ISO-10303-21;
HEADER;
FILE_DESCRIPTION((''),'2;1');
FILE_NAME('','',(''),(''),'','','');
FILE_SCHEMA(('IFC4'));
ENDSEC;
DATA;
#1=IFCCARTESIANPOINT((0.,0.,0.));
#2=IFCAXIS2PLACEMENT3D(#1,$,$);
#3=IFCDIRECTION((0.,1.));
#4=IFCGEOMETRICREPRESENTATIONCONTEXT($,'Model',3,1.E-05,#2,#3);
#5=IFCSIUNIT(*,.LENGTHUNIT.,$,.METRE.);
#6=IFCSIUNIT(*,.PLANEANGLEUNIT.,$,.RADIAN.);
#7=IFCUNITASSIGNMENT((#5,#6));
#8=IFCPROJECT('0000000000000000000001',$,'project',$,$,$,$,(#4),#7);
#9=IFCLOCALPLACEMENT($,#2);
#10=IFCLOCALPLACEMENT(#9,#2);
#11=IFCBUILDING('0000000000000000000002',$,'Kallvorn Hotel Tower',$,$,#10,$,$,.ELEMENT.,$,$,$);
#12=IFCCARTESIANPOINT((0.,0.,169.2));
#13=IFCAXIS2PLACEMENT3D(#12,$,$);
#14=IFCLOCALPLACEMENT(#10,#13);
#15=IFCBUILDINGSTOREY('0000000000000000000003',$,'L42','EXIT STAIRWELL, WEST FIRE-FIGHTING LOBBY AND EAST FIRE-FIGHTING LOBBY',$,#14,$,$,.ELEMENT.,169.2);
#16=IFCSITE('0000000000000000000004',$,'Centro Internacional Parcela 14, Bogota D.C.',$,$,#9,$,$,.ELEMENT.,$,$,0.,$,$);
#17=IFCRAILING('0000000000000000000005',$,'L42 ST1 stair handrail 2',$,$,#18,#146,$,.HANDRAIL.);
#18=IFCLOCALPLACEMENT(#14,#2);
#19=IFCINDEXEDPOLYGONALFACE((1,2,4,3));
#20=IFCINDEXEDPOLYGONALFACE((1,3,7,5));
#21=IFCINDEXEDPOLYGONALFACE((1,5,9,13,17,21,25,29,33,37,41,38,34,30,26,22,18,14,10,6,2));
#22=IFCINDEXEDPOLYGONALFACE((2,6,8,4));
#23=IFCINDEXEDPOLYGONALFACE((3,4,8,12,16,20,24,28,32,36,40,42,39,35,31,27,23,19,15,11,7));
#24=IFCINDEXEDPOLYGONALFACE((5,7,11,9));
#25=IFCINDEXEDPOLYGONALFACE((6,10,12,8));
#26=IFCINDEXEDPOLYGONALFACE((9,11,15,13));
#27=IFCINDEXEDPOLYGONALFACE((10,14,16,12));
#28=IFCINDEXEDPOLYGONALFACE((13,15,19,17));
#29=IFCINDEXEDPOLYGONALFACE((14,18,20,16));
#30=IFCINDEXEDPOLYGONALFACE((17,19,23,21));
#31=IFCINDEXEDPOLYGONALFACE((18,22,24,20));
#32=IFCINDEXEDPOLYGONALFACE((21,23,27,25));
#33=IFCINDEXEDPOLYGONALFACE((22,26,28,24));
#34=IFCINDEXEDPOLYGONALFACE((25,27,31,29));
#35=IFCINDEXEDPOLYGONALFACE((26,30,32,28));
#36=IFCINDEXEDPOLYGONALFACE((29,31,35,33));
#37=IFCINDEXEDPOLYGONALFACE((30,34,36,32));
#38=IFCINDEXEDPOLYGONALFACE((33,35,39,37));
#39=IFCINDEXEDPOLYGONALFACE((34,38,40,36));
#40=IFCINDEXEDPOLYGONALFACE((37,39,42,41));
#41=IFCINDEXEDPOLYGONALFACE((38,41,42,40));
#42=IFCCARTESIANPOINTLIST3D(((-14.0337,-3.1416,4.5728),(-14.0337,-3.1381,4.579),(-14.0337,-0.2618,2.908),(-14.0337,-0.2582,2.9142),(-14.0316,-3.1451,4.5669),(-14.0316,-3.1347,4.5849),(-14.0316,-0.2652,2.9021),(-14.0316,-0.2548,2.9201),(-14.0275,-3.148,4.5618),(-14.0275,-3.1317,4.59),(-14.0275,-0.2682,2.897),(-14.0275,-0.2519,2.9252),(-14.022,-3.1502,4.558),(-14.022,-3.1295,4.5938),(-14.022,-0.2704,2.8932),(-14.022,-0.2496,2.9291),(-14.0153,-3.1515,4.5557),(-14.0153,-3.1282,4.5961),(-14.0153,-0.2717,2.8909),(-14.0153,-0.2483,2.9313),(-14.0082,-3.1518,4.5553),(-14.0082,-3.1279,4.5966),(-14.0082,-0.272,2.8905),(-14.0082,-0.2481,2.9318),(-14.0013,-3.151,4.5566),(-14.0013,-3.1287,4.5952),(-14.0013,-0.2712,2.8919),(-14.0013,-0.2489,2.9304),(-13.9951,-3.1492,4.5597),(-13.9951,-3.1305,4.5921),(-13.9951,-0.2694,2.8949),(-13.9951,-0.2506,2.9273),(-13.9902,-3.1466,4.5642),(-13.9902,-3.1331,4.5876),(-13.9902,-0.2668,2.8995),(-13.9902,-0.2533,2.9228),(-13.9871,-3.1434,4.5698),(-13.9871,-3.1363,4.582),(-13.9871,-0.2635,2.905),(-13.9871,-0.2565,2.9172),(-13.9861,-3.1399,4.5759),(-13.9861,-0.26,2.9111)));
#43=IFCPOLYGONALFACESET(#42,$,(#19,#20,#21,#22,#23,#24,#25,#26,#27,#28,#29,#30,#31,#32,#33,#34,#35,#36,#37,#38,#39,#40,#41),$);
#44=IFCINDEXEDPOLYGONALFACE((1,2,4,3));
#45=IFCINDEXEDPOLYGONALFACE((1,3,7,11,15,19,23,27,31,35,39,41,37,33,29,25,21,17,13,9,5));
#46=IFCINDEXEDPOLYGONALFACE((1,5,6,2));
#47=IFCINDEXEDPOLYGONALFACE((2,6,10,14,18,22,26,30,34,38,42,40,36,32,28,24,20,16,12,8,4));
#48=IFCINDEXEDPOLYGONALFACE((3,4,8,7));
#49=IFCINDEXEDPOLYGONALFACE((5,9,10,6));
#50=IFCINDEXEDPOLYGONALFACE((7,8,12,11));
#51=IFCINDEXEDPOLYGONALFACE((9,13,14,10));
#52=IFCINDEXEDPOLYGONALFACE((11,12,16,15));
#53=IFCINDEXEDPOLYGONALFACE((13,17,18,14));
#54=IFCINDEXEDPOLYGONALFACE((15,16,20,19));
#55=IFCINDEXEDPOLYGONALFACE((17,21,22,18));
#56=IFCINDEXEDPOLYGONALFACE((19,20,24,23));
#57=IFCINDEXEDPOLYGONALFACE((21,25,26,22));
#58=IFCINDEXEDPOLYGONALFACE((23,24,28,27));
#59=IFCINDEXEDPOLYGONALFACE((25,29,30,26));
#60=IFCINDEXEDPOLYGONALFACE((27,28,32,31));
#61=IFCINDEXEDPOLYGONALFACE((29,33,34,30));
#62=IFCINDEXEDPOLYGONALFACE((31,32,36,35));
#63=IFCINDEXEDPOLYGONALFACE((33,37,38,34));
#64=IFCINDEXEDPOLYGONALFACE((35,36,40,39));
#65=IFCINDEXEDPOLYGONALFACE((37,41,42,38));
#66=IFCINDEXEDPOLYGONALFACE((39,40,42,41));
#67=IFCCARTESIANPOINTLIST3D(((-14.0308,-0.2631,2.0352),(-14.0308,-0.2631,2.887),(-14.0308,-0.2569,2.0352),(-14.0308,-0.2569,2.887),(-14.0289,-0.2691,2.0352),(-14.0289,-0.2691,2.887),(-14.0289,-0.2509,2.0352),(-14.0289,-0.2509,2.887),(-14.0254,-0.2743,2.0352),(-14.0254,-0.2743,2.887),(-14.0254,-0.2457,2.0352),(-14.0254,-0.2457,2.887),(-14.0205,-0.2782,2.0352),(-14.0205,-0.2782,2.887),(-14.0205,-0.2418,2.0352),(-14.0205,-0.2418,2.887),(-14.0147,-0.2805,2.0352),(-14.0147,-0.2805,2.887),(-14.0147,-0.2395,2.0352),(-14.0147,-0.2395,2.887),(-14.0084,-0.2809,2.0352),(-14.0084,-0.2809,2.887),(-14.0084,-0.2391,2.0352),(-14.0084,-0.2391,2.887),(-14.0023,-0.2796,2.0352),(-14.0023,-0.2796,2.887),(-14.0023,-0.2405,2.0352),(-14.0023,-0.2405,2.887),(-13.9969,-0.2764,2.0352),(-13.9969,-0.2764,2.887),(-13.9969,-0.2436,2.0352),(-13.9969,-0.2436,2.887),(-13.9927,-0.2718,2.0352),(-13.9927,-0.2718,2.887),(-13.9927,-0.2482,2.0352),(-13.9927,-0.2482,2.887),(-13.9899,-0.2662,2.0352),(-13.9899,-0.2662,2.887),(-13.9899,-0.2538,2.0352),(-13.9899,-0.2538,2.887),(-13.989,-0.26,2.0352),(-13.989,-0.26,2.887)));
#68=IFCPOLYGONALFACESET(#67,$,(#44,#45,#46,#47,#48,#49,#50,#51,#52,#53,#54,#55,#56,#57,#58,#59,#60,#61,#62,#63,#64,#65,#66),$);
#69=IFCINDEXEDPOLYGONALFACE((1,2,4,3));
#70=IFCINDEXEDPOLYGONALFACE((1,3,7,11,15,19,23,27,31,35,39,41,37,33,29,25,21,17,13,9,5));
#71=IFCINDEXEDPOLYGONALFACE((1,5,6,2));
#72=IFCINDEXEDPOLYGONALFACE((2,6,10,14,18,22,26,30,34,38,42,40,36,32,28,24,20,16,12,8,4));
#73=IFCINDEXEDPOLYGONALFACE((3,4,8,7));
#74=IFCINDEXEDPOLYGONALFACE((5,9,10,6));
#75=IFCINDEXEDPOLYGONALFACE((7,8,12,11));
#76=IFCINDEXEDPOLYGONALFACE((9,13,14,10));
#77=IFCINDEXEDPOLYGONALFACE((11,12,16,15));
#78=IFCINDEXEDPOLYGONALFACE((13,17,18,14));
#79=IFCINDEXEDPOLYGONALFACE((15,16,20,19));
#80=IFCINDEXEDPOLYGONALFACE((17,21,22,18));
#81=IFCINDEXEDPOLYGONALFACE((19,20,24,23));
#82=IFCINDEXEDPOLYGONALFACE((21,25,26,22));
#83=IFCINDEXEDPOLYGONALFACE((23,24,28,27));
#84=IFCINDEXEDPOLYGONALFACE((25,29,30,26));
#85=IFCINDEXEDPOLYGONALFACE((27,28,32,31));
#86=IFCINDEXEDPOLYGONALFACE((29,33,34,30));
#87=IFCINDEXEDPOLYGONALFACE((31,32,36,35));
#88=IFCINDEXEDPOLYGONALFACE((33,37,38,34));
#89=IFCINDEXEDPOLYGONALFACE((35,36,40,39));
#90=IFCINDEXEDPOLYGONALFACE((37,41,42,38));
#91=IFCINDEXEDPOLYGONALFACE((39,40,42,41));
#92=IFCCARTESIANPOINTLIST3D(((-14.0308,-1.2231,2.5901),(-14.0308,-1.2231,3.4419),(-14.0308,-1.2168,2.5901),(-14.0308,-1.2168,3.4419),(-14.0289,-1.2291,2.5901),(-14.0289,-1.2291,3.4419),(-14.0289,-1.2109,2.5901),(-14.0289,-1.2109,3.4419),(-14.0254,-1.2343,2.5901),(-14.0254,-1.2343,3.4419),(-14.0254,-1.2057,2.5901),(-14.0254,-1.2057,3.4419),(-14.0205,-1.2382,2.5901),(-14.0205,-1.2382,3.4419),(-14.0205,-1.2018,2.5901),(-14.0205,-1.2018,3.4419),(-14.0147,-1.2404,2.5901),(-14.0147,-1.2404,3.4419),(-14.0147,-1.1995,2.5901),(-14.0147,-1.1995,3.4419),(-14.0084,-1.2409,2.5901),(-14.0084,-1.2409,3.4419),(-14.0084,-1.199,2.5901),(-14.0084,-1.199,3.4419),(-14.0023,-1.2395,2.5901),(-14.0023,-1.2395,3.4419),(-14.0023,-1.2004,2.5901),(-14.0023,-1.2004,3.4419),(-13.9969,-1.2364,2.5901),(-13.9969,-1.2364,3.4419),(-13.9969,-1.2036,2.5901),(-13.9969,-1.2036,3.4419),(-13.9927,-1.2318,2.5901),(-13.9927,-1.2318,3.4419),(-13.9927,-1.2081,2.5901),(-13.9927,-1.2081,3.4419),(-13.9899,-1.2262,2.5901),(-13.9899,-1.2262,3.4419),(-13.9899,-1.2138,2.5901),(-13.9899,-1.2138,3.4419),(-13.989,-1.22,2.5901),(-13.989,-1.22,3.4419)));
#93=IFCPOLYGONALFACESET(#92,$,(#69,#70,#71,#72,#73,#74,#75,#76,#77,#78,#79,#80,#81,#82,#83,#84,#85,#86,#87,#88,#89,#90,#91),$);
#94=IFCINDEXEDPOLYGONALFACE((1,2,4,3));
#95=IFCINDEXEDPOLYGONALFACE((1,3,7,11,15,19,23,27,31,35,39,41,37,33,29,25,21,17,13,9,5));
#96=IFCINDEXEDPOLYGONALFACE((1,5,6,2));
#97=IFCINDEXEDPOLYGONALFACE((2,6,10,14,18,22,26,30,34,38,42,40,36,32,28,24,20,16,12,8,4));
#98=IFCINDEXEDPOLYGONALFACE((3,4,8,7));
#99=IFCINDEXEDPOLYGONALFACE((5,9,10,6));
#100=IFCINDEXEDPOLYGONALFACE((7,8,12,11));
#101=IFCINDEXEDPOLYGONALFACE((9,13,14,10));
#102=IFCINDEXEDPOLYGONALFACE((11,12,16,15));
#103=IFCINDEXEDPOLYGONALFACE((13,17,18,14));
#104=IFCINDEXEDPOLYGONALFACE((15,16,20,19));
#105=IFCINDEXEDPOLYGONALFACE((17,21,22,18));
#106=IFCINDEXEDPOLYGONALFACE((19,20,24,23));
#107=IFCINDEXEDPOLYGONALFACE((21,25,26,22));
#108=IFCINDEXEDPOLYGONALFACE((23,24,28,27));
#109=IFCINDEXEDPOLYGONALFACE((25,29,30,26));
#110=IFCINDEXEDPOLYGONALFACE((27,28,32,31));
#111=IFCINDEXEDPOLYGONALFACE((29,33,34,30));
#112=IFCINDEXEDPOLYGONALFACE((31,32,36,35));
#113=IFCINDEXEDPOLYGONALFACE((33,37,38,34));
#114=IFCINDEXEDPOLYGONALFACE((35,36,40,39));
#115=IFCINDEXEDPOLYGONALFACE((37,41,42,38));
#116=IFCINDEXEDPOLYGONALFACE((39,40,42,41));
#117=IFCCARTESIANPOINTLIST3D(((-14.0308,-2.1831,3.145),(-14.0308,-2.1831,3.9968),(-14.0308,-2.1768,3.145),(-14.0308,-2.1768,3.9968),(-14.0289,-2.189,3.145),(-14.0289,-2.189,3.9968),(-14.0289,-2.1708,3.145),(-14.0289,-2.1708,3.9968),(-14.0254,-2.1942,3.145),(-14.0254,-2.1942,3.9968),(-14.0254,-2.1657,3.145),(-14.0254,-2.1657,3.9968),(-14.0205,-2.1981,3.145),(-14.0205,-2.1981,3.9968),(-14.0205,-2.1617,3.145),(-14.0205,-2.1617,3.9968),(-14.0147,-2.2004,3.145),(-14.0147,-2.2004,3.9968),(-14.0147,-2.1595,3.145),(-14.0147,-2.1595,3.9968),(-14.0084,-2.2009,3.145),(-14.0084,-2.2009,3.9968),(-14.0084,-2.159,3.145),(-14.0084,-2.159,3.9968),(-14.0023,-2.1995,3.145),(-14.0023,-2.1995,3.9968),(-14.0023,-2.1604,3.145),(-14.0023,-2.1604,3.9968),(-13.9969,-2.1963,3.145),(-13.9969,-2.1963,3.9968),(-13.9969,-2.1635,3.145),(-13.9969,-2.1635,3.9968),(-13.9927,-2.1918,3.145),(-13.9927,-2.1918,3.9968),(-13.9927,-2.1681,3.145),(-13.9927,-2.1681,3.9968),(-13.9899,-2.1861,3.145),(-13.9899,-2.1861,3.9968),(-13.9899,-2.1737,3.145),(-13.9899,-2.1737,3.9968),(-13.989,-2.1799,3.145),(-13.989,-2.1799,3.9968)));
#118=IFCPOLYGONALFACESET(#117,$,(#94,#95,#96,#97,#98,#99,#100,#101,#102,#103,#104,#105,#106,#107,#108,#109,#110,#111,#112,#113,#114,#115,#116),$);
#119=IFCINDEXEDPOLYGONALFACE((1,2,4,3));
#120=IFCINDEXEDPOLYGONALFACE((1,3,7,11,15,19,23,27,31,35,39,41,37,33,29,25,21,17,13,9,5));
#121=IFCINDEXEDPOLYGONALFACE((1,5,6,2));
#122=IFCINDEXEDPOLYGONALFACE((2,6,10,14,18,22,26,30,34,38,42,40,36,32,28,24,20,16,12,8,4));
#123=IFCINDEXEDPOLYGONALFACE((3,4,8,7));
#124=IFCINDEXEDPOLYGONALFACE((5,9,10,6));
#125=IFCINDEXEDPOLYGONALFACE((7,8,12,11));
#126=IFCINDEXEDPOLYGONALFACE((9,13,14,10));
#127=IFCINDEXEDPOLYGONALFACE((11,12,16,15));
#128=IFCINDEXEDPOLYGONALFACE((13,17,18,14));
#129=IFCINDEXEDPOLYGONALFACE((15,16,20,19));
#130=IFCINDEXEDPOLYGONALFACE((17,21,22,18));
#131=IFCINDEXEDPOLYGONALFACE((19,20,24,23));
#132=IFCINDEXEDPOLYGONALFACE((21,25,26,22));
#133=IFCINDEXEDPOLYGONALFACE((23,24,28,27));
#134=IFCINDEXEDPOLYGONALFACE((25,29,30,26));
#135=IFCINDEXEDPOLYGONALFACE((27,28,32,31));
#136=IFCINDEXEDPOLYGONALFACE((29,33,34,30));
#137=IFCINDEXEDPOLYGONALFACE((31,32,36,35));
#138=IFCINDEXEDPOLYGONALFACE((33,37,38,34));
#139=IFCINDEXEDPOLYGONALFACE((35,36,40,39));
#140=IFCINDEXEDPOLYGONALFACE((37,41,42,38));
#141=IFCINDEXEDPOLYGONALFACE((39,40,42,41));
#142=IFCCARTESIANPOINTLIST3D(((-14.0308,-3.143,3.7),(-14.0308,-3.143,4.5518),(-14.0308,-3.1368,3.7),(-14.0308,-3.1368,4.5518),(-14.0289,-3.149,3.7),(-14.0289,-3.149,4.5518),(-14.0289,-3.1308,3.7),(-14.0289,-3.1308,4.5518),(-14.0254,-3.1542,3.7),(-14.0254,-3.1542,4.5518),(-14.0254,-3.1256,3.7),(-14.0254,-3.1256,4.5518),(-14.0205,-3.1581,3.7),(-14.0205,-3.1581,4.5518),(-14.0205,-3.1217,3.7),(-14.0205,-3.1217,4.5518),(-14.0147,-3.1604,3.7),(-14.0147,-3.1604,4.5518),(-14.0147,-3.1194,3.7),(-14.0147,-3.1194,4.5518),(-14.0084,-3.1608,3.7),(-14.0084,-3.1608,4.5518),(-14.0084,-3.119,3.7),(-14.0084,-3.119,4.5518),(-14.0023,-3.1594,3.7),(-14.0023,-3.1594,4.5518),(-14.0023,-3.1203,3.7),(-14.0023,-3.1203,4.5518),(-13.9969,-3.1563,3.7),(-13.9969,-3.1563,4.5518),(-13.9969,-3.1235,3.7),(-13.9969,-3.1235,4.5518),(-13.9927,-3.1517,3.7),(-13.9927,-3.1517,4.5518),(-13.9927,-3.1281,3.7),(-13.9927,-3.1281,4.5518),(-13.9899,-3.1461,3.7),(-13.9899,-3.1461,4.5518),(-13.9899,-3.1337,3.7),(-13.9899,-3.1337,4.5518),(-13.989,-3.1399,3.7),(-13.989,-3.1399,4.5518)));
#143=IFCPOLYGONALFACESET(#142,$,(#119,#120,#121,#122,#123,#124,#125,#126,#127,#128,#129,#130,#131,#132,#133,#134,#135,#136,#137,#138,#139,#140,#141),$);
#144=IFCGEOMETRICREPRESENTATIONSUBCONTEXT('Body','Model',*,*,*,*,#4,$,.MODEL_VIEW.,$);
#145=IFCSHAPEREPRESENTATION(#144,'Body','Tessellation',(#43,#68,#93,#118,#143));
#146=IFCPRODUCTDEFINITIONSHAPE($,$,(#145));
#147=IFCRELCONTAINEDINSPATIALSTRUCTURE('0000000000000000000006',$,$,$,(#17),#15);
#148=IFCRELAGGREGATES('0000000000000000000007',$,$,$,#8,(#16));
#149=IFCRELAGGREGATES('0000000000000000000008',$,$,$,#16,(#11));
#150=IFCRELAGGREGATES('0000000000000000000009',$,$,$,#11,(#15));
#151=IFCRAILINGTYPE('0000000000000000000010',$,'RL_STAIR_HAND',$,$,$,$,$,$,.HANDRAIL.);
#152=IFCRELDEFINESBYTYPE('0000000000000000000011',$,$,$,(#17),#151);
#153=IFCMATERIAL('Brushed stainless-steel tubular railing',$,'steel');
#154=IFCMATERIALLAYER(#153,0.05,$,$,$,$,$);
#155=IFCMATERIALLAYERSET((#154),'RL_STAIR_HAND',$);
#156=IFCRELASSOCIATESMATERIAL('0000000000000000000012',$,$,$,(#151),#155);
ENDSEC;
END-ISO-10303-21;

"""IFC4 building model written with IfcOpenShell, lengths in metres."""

from ifc_helpers import new_model, si_unit, direction, frame, origin, origin_2d, place, context, subcontext, project, spatial, circle, extrude, material, layer, layer_set, type_object, element, save


model = new_model("IFC4")

# Units and contexts
model_context = context("Model", 3, precision=1e-05, world=origin(), true_north=direction((0.0, 1.0)))
body_context = subcontext(model_context, "Body", "Model", "MODEL_VIEW")
ifc_project = project(units=[si_unit("LENGTHUNIT", "METRE"), si_unit("PLANEANGLEUNIT", "RADIAN")], contexts=[model_context])

# Site, building, storey
site_placement = place(None, origin())
site = spatial("IfcSite", under=ifc_project, at=site_placement, Name="Centro Internacional Parcela 14, Bogota D.C.", CompositionType="ELEMENT", RefElevation=0.0)
building_placement = place(site_placement, origin())
building = spatial("IfcBuilding", under=site, at=building_placement, Name="Kallvorn Hotel Tower", CompositionType="ELEMENT")
storey_placement = place(building_placement, frame((0.0, 0.0, 169.2)))
storey = spatial("IfcBuildingStorey", under=building, at=storey_placement, Name="L42", Description="EXIT STAIRWELL, WEST FIRE-FIGHTING LOBBY AND EAST FIRE-FIGHTING LOBBY", CompositionType="ELEMENT", Elevation=169.2)

# Railing
ifc_material_1 = material(Name="Brushed stainless-steel tubular railing", Category="steel")
ifc_layer_1 = layer(ifc_material_1, 0.05)
ifc_layer_set_1 = layer_set([ifc_layer_1], Name="RL_STAIR_HAND")
railing_type_1 = type_object("IfcRailingType", Name="RL_STAIR_HAND", PredefinedType="HANDRAIL", material=ifc_layer_set_1)
railing_1_placement = place(storey_placement, frame((-14.01, -0.26, 2.0352)))
element("IfcRailing", 1, at=railing_1_placement, inside=storey, type_object=railing_type_1, Name="L42 ST1 stair handrail 2", PredefinedType="HANDRAIL", context=body_context, shape_type="SweptSolid", body=[
    extrude(circle(Radius=0.0239, at=origin_2d()), frame((0.0, 0.0, 0.876), z_axis=(0.0, -0.865753, 0.500472), x_axis=(1.0, 0.0, 0.0)), (0.0, 0.0, 1.0), 3.3264),
    extrude(circle(Radius=0.021, at=origin_2d()), origin(), (0.0, 0.0, 1.0), 0.8518),
    extrude(circle(Radius=0.021, at=origin_2d()), frame((0.0, -0.96, 0.5549)), (0.0, 0.0, 1.0), 0.8518),
    extrude(circle(Radius=0.021, at=origin_2d()), frame((0.0, -1.9199, 1.1099)), (0.0, 0.0, 1.0), 0.8518),
    extrude(circle(Radius=0.021, at=origin_2d()), frame((0.0, -2.8799, 1.6648)), (0.0, 0.0, 1.0), 0.8518),
])

save(model, "model.ifc")
